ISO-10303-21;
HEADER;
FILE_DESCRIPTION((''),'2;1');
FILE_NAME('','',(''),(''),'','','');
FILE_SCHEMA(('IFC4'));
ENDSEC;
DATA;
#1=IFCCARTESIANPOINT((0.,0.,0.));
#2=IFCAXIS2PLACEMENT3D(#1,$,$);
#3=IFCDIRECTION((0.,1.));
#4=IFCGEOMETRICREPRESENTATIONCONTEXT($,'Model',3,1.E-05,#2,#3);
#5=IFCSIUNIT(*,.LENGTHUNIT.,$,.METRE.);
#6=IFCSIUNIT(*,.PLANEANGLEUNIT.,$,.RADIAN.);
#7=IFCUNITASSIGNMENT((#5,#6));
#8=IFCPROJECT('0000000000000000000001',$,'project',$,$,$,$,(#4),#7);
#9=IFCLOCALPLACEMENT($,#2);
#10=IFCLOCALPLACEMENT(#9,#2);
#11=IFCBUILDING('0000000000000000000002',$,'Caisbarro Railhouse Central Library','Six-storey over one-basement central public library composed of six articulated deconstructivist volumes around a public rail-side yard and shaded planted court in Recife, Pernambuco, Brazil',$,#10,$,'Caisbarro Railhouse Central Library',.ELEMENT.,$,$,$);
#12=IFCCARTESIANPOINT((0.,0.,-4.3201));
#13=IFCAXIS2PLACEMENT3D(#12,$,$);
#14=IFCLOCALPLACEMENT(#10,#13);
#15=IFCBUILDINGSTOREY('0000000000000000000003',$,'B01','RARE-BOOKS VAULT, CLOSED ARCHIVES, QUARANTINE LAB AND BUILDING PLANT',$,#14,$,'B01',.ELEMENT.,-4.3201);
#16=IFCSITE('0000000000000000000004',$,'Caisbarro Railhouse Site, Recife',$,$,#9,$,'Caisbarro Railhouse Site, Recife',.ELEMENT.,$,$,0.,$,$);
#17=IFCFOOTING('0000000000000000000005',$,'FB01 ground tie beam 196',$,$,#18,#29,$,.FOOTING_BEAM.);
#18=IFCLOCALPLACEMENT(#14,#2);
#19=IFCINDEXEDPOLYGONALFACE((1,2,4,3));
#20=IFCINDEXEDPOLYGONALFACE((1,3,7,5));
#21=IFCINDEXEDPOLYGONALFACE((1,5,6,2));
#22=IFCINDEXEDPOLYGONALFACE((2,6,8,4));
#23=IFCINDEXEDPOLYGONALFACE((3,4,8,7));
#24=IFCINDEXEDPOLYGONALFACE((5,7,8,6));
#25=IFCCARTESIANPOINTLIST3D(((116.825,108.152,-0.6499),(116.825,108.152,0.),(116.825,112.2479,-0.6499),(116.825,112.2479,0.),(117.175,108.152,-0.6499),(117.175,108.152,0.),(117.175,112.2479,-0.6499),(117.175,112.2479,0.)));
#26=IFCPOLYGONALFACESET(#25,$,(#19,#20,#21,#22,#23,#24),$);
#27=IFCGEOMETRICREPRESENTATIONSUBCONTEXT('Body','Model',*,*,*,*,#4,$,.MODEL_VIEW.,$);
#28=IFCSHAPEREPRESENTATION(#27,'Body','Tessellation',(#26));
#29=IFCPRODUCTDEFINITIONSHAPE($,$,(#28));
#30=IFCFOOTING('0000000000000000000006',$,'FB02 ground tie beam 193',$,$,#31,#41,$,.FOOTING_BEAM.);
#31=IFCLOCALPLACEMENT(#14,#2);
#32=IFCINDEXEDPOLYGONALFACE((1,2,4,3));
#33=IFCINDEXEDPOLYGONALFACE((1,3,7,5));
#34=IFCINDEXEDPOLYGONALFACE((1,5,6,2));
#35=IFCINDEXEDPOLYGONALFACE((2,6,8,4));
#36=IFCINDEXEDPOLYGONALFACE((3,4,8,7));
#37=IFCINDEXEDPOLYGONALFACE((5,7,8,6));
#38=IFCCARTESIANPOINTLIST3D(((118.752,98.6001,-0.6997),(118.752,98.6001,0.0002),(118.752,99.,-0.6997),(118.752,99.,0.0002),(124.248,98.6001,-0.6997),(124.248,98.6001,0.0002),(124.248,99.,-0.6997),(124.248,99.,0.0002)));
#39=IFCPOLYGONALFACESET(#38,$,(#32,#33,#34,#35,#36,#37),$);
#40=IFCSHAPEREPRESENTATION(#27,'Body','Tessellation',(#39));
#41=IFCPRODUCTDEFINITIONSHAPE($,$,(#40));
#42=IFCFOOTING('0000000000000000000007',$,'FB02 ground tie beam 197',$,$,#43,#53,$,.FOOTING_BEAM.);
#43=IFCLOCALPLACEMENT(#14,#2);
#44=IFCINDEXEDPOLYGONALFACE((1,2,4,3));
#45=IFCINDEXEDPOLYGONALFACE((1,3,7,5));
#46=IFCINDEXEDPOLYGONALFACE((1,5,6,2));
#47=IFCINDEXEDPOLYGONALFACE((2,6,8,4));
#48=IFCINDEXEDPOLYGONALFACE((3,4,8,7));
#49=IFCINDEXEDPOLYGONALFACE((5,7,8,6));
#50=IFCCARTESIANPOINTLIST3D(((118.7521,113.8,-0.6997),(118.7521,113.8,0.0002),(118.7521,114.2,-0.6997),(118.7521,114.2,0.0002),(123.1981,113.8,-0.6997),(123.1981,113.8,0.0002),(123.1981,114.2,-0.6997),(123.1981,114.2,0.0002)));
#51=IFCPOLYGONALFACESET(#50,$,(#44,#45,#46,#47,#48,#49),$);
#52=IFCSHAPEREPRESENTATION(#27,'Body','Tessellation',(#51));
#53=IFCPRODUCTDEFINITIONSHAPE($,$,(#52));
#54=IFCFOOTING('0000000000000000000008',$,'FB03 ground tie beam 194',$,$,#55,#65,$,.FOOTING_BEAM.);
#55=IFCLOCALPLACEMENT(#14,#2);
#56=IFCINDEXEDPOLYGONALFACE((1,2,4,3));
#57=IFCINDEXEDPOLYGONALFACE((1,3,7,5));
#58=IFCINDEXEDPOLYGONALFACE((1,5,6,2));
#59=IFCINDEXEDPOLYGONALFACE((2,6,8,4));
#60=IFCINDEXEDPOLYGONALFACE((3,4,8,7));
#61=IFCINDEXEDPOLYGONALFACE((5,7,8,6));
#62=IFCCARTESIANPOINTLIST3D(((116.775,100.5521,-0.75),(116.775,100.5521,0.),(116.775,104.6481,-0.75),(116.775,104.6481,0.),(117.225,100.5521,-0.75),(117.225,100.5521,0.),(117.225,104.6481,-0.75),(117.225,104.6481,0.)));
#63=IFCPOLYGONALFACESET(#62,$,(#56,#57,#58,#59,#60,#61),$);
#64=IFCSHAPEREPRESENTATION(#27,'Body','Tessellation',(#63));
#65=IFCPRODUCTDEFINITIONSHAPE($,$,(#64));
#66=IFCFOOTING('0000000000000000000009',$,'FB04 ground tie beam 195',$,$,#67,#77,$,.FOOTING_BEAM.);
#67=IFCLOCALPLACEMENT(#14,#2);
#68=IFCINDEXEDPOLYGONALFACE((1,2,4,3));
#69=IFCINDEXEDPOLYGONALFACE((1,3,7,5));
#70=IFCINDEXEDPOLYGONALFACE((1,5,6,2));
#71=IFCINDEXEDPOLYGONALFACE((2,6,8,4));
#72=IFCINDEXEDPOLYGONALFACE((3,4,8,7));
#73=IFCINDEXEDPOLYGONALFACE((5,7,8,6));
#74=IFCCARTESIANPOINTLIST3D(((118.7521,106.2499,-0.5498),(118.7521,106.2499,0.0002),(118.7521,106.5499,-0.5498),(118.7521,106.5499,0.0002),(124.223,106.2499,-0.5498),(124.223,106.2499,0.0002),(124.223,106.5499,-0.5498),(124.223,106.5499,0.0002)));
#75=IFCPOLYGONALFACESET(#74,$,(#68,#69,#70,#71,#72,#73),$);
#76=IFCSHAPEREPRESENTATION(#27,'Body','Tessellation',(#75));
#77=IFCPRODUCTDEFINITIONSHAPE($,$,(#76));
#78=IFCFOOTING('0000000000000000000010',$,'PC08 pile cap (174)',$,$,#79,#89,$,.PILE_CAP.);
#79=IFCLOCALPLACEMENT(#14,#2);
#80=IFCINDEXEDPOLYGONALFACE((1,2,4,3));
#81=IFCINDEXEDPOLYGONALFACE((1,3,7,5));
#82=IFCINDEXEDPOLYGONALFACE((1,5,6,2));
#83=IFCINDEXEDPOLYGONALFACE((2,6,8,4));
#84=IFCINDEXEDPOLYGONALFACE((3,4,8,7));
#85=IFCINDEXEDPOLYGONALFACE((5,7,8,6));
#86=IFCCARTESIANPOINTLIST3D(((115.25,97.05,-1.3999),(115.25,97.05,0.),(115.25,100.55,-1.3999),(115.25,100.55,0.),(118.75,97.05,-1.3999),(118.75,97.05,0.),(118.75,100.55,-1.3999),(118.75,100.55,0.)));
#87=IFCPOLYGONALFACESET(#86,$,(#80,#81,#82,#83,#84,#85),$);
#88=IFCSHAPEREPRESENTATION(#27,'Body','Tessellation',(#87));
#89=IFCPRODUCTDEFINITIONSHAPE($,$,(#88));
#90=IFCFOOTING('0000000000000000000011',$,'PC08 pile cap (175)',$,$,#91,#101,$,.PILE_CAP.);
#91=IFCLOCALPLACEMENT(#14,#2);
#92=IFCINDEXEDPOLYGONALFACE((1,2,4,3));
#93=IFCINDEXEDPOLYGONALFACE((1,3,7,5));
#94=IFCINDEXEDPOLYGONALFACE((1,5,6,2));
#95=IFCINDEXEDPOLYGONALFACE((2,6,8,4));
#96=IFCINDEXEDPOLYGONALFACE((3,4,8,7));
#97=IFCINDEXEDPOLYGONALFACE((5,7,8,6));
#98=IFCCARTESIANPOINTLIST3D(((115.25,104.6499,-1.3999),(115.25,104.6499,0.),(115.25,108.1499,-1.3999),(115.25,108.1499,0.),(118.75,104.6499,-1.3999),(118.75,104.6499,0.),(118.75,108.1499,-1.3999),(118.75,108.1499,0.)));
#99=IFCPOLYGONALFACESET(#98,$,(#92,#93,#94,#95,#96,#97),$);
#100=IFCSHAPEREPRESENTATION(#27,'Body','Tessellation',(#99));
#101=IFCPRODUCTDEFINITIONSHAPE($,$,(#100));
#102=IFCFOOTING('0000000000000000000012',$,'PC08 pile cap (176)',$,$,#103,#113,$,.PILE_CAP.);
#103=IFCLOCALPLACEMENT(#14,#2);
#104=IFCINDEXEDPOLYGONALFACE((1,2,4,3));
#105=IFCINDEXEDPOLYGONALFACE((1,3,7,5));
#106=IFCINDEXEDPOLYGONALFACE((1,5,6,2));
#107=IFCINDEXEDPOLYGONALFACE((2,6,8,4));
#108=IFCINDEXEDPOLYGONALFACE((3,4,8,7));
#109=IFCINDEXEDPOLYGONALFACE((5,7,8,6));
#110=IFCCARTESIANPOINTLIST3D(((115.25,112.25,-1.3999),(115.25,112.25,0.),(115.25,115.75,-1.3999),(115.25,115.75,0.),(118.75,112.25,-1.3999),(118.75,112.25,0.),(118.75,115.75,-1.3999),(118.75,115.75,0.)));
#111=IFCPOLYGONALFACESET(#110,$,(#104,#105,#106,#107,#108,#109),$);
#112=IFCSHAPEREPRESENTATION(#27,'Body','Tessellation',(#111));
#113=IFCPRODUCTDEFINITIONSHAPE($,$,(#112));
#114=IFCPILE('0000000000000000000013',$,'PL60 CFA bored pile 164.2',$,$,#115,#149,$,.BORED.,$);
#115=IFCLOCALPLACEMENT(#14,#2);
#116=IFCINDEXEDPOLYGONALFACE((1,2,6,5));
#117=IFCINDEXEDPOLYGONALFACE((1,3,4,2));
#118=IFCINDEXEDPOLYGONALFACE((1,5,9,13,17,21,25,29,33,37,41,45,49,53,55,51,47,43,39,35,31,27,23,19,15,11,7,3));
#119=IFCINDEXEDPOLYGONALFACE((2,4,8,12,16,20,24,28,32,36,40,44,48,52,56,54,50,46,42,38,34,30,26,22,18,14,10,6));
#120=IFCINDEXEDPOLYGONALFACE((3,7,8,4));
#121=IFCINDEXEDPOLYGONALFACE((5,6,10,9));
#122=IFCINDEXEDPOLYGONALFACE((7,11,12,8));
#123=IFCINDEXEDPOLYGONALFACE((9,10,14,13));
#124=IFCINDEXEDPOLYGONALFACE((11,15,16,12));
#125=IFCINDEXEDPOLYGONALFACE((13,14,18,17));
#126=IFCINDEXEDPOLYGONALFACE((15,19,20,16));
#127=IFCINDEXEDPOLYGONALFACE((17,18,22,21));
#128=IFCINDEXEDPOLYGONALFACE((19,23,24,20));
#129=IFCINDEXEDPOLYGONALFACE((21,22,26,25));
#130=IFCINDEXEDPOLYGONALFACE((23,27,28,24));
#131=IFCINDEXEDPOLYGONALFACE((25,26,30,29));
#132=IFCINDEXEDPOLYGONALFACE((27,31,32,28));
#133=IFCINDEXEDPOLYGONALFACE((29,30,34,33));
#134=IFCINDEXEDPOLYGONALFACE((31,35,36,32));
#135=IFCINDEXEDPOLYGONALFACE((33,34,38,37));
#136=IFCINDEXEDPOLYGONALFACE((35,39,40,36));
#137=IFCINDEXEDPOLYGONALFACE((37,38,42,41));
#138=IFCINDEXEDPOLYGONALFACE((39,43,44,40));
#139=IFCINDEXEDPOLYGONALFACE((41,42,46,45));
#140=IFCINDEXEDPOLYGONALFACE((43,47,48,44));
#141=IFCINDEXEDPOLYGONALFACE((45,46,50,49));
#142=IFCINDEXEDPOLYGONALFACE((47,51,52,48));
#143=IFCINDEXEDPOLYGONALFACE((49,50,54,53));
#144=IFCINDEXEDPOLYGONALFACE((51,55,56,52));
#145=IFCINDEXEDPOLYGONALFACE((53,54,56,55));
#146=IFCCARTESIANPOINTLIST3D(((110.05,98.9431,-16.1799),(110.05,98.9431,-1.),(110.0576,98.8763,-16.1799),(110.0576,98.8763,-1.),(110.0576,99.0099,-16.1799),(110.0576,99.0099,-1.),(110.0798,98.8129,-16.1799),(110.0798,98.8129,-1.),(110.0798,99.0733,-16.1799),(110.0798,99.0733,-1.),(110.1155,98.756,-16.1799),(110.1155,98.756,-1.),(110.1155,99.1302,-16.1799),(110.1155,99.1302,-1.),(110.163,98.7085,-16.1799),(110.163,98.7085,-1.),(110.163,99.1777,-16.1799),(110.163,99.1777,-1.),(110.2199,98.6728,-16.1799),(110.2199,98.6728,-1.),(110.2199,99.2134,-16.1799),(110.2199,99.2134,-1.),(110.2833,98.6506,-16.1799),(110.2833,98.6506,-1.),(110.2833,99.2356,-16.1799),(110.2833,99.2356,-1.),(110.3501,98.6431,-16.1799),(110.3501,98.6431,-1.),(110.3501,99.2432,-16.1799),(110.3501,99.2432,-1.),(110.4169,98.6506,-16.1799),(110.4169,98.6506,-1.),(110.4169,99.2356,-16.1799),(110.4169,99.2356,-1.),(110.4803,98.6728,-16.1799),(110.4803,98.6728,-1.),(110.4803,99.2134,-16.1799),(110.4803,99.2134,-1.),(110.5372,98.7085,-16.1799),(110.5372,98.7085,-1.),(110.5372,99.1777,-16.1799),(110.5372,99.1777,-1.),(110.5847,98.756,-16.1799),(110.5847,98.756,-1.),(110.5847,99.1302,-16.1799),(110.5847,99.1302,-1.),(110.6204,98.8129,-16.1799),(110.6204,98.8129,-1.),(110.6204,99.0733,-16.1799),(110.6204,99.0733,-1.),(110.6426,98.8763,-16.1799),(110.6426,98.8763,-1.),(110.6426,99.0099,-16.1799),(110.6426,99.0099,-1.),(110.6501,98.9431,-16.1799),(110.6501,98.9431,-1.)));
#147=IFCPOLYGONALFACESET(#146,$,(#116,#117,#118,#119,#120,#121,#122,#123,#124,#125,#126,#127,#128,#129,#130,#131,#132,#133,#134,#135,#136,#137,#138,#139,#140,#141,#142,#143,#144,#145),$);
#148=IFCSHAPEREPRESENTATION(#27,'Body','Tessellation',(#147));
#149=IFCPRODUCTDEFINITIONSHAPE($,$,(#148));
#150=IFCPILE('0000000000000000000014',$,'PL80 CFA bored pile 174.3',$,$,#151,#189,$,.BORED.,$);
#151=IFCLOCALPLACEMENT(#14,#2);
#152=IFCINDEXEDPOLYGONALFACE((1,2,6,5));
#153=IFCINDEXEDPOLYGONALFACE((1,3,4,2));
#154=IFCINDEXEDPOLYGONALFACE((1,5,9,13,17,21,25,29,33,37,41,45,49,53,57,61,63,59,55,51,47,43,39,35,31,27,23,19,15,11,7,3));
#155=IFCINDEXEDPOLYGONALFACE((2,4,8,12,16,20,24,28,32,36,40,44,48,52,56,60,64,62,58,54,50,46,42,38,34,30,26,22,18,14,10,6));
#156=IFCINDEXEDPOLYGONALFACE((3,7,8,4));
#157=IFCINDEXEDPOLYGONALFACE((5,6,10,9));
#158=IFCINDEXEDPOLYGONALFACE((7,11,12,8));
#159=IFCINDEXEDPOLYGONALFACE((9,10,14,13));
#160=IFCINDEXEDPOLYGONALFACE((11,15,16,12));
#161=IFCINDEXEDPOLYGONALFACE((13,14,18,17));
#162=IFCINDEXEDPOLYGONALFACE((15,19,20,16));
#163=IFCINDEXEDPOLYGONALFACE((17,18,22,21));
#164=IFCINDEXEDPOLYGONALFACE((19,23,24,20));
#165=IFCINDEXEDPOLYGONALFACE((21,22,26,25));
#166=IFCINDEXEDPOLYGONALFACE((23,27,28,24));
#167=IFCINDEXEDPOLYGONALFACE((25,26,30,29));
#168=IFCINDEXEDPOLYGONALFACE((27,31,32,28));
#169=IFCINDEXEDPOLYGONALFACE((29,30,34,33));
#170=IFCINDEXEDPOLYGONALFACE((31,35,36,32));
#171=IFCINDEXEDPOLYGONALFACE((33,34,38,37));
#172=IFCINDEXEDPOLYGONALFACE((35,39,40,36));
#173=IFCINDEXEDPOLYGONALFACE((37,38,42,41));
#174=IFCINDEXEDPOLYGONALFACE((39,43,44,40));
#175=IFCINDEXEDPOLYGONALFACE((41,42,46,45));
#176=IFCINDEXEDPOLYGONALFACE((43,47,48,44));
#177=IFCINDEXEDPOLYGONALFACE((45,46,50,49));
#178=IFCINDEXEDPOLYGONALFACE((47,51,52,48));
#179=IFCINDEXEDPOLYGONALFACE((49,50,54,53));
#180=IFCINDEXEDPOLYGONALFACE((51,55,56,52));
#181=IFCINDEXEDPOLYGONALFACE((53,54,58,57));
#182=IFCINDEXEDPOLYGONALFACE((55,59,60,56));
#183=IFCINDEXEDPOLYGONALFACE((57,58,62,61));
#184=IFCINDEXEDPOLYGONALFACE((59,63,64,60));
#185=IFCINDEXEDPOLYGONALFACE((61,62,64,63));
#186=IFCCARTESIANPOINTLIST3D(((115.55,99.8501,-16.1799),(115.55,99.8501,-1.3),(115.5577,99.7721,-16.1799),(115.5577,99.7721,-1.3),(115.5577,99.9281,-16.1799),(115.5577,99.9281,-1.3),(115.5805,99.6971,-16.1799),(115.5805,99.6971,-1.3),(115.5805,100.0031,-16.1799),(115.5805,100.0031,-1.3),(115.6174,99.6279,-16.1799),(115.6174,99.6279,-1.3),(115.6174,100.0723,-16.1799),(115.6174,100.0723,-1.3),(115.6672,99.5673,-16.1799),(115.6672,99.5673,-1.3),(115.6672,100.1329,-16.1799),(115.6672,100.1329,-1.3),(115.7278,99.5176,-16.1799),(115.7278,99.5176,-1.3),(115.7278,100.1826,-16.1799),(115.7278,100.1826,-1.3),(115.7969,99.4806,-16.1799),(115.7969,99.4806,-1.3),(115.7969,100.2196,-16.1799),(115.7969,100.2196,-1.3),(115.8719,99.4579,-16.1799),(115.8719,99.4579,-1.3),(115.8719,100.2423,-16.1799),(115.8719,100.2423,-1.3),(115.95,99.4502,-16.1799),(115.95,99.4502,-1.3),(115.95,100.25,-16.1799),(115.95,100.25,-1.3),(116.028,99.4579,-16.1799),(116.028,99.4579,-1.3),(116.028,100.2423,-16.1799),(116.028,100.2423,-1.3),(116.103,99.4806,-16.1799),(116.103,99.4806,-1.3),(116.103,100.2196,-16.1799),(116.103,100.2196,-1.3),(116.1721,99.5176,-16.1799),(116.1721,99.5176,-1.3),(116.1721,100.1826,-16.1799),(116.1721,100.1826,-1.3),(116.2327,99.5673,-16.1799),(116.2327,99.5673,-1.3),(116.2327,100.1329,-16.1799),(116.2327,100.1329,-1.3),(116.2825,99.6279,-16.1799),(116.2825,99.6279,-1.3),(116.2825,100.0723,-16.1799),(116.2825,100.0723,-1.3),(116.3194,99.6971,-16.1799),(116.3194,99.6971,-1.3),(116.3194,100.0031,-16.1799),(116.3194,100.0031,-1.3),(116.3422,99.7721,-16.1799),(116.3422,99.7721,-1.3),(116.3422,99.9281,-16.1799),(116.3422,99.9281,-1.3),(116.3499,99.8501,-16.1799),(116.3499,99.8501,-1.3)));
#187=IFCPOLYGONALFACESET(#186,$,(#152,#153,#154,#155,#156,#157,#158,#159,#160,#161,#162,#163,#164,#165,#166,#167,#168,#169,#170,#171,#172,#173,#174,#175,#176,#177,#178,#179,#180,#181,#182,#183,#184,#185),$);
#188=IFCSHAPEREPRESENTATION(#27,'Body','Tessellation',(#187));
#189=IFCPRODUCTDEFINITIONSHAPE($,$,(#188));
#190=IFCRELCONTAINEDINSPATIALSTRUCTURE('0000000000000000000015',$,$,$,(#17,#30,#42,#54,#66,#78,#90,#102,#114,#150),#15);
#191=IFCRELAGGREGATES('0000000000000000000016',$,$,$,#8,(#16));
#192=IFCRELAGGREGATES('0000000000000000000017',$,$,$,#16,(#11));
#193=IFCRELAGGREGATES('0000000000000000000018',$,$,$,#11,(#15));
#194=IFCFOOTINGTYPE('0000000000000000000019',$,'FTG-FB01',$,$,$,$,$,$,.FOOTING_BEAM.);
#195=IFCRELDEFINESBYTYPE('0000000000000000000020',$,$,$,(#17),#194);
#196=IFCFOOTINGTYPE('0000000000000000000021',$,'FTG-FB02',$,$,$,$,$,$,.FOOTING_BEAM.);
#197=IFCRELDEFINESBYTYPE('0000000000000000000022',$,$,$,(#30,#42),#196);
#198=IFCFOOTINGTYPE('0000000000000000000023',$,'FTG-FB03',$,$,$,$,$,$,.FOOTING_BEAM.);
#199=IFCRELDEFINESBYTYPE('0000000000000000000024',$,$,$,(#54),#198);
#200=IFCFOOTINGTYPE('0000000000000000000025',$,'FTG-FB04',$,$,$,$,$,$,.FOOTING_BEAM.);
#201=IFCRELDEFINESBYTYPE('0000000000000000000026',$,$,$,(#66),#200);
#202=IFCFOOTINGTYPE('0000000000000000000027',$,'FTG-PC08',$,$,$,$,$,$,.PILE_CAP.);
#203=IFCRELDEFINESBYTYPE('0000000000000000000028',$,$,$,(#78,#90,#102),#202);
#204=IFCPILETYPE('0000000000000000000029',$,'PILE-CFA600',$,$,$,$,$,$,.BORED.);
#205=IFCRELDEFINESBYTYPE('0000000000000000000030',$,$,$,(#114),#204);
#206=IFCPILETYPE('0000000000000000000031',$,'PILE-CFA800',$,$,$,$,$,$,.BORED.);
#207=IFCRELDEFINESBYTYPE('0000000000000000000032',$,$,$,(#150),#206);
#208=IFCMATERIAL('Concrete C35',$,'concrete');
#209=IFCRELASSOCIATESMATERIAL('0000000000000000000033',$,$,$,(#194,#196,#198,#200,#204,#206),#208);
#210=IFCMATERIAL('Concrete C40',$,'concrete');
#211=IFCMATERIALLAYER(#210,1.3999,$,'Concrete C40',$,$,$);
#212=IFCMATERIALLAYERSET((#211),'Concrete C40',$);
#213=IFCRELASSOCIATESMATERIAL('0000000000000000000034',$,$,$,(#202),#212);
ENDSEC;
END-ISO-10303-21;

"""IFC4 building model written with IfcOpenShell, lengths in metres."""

from ifc_helpers import new_model, si_unit, direction, frame, origin, origin_2d, place, context, subcontext, project, spatial, rectangle, circle, extrude, material, layer, layer_set, material_profile, profile_set, type_object, element, save


model = new_model("IFC4")

# Units and contexts
model_context = context("Model", 3, precision=1e-05, world=origin(), true_north=direction((0.0, 1.0)))
body_context = subcontext(model_context, "Body", "Model", "MODEL_VIEW")
ifc_project = project(units=[si_unit("LENGTHUNIT", "METRE"), si_unit("PLANEANGLEUNIT", "RADIAN")], contexts=[model_context])

# Site, building, storey
site_placement = place(None, origin())
site = spatial("IfcSite", under=ifc_project, at=site_placement, Name="Caisbarro Railhouse Site, Recife", LongName="Caisbarro Railhouse Site, Recife", CompositionType="ELEMENT", RefElevation=0.0)
building_placement = place(site_placement, origin())
building = spatial("IfcBuilding", under=site, at=building_placement, Name="Caisbarro Railhouse Central Library", Description="Six-storey over one-basement central public library composed of six articulated deconstructivist volumes around a public rail-side yard and shaded planted court in Recife, Pernambuco, Brazil", LongName="Caisbarro Railhouse Central Library", CompositionType="ELEMENT")
storey_placement = place(building_placement, frame((0.0, 0.0, -4.3201)))
storey = spatial("IfcBuildingStorey", under=building, at=storey_placement, Name="B01", Description="RARE-BOOKS VAULT, CLOSED ARCHIVES, QUARANTINE LAB AND BUILDING PLANT", LongName="B01", CompositionType="ELEMENT", Elevation=-4.3201)

# Footings
ifc_material_1 = material(Name="Concrete C35", Category="concrete")
footing_type_1 = type_object("IfcFootingType", Name="FTG-FB01", PredefinedType="FOOTING_BEAM", material=ifc_material_1)
footing_1_placement = place(storey_placement, frame((117.0, 110.2, -0.6499), z_axis=(0.0, 0.0, 1.0), x_axis=(0.0, 1.0, 0.0)))
element("IfcFooting", 1, at=footing_1_placement, inside=storey, type_object=footing_type_1, Name="FB01 ground tie beam 196", PredefinedType="FOOTING_BEAM", context=body_context, shape_type="SweptSolid", body=[
    extrude(rectangle(XDim=4.0959, YDim=0.3501, at=origin_2d()), origin(), (0.0, 0.0, 1.0), 0.6499),
])
footing_type_2 = type_object("IfcFootingType", Name="FTG-FB02", PredefinedType="FOOTING_BEAM", material=ifc_material_1)
footing_2_placement = place(storey_placement, frame((121.5, 98.8, -0.6997), z_axis=(0.0, 0.0, 1.0), x_axis=(1.0, 0.0, 0.0)))
element("IfcFooting", 2, at=footing_2_placement, inside=storey, type_object=footing_type_2, Name="FB02 ground tie beam 193", PredefinedType="FOOTING_BEAM", context=body_context, shape_type="SweptSolid", body=[
    extrude(rectangle(XDim=5.4961, YDim=0.3999, at=origin_2d()), origin(), (0.0, 0.0, 1.0), 0.7),
])
footing_3_placement = place(storey_placement, frame((120.9751, 114.0, -0.6997), z_axis=(0.0, 0.0, 1.0), x_axis=(1.0, 0.0, 0.0)))
element("IfcFooting", 3, at=footing_3_placement, inside=storey, type_object=footing_type_2, Name="FB02 ground tie beam 197", PredefinedType="FOOTING_BEAM", context=body_context, shape_type="SweptSolid", body=[
    extrude(rectangle(XDim=4.446, YDim=0.3999, at=origin_2d()), origin(), (0.0, 0.0, 1.0), 0.7),
])
footing_type_3 = type_object("IfcFootingType", Name="FTG-FB03", PredefinedType="FOOTING_BEAM", material=ifc_material_1)
footing_4_placement = place(storey_placement, frame((117.0, 102.6001, -0.75), z_axis=(0.0, 0.0, 1.0), x_axis=(0.0, 1.0, 0.0)))
element("IfcFooting", 4, at=footing_4_placement, inside=storey, type_object=footing_type_3, Name="FB03 ground tie beam 194", PredefinedType="FOOTING_BEAM", context=body_context, shape_type="SweptSolid", body=[
    extrude(rectangle(XDim=4.0959, YDim=0.45, at=origin_2d()), origin(), (0.0, 0.0, 1.0), 0.75),
])
footing_type_4 = type_object("IfcFootingType", Name="FTG-FB04", PredefinedType="FOOTING_BEAM", material=ifc_material_1)
footing_5_placement = place(storey_placement, frame((121.4875, 106.3999, -0.5498), z_axis=(0.0, 0.0, 1.0), x_axis=(1.0, 0.0, 0.0)))
element("IfcFooting", 5, at=footing_5_placement, inside=storey, type_object=footing_type_4, Name="FB04 ground tie beam 195", PredefinedType="FOOTING_BEAM", context=body_context, shape_type="SweptSolid", body=[
    extrude(rectangle(XDim=5.4709, YDim=0.3, at=origin_2d()), origin(), (0.0, 0.0, 1.0), 0.55),
])
ifc_material_2 = material(Name="Concrete C40", Category="concrete")
ifc_layer = layer(ifc_material_2, 1.3999, Name="Concrete C40")
ifc_layer_set = layer_set([ifc_layer], Name="Concrete C40")
footing_type_5 = type_object("IfcFootingType", Name="FTG-PC08", PredefinedType="PILE_CAP", material=ifc_layer_set)
for number, where, z_axis, x_axis, name in (
    (6, (117.0, 98.8, -1.3999), (0.0, 0.0, 1.0), (1.0, 0.0, 0.0), "PC08 pile cap (174)"),
    (7, (117.0, 106.3999, -1.3999), (0.0, 0.0, 1.0), (1.0, 0.0, 0.0), "PC08 pile cap (175)"),
    (8, (117.0, 114.0, -1.3999), (0.0, 0.0, 1.0), (1.0, 0.0, 0.0), "PC08 pile cap (176)"),
):
    element("IfcFooting", number, at=place(storey_placement, frame(where, z_axis=z_axis, x_axis=x_axis)), inside=storey, type_object=footing_type_5, Name=name, PredefinedType="PILE_CAP", context=body_context, shape_type="SweptSolid", body=[
        extrude(rectangle(XDim=3.5, YDim=3.5, at=origin_2d()), origin(), (0.0, 0.0, 1.0), 1.3999),
    ])

# Piles
ifc_material_profile_1 = material_profile(ifc_material_1, circle(Radius=0.3, at=origin_2d()), Name="PILE-CFA-600")
ifc_profile_set_1 = profile_set([ifc_material_profile_1], Name="Concrete C35")
pile_type_1 = type_object("IfcPileType", Name="PILE-CFA600", PredefinedType="BORED", material=ifc_profile_set_1)
pile_placement = place(storey_placement, frame((110.3501, 98.9431, -1.0), z_axis=(0.0, 0.0, -1.0), x_axis=(1.0, 0.0, 0.0)))
element("IfcPile", 9, at=pile_placement, inside=storey, type_object=pile_type_1, Name="PL60 CFA bored pile 164.2", PredefinedType="BORED", context=body_context, shape_type="SweptSolid", body=[
    extrude(circle(Radius=0.3, at=origin_2d()), origin(), (0.0, 0.0, 1.0), 15.1799),
])
ifc_material_profile_2 = material_profile(ifc_material_1, circle(Radius=0.3999, at=origin_2d()), Name="PILE-CFA-800")
ifc_profile_set_2 = profile_set([ifc_material_profile_2], Name="Concrete C35")
pile_type_2 = type_object("IfcPileType", Name="PILE-CFA800", PredefinedType="BORED", material=ifc_profile_set_2)
for number, where, z_axis, x_axis, name in (
    (10, (115.95, 99.8501, -1.3), (0.0, 0.0, -1.0), (1.0, 0.0, 0.0), "PL80 CFA bored pile 174.3"),
):
    element("IfcPile", number, at=place(storey_placement, frame(where, z_axis=z_axis, x_axis=x_axis)), inside=storey, type_object=pile_type_2, Name=name, PredefinedType="BORED", context=body_context, shape_type="SweptSolid", body=[
        extrude(circle(Radius=0.3999, at=origin_2d()), origin(), (0.0, 0.0, 1.0), 14.8799),
    ])

save(model, "model.ifc")
